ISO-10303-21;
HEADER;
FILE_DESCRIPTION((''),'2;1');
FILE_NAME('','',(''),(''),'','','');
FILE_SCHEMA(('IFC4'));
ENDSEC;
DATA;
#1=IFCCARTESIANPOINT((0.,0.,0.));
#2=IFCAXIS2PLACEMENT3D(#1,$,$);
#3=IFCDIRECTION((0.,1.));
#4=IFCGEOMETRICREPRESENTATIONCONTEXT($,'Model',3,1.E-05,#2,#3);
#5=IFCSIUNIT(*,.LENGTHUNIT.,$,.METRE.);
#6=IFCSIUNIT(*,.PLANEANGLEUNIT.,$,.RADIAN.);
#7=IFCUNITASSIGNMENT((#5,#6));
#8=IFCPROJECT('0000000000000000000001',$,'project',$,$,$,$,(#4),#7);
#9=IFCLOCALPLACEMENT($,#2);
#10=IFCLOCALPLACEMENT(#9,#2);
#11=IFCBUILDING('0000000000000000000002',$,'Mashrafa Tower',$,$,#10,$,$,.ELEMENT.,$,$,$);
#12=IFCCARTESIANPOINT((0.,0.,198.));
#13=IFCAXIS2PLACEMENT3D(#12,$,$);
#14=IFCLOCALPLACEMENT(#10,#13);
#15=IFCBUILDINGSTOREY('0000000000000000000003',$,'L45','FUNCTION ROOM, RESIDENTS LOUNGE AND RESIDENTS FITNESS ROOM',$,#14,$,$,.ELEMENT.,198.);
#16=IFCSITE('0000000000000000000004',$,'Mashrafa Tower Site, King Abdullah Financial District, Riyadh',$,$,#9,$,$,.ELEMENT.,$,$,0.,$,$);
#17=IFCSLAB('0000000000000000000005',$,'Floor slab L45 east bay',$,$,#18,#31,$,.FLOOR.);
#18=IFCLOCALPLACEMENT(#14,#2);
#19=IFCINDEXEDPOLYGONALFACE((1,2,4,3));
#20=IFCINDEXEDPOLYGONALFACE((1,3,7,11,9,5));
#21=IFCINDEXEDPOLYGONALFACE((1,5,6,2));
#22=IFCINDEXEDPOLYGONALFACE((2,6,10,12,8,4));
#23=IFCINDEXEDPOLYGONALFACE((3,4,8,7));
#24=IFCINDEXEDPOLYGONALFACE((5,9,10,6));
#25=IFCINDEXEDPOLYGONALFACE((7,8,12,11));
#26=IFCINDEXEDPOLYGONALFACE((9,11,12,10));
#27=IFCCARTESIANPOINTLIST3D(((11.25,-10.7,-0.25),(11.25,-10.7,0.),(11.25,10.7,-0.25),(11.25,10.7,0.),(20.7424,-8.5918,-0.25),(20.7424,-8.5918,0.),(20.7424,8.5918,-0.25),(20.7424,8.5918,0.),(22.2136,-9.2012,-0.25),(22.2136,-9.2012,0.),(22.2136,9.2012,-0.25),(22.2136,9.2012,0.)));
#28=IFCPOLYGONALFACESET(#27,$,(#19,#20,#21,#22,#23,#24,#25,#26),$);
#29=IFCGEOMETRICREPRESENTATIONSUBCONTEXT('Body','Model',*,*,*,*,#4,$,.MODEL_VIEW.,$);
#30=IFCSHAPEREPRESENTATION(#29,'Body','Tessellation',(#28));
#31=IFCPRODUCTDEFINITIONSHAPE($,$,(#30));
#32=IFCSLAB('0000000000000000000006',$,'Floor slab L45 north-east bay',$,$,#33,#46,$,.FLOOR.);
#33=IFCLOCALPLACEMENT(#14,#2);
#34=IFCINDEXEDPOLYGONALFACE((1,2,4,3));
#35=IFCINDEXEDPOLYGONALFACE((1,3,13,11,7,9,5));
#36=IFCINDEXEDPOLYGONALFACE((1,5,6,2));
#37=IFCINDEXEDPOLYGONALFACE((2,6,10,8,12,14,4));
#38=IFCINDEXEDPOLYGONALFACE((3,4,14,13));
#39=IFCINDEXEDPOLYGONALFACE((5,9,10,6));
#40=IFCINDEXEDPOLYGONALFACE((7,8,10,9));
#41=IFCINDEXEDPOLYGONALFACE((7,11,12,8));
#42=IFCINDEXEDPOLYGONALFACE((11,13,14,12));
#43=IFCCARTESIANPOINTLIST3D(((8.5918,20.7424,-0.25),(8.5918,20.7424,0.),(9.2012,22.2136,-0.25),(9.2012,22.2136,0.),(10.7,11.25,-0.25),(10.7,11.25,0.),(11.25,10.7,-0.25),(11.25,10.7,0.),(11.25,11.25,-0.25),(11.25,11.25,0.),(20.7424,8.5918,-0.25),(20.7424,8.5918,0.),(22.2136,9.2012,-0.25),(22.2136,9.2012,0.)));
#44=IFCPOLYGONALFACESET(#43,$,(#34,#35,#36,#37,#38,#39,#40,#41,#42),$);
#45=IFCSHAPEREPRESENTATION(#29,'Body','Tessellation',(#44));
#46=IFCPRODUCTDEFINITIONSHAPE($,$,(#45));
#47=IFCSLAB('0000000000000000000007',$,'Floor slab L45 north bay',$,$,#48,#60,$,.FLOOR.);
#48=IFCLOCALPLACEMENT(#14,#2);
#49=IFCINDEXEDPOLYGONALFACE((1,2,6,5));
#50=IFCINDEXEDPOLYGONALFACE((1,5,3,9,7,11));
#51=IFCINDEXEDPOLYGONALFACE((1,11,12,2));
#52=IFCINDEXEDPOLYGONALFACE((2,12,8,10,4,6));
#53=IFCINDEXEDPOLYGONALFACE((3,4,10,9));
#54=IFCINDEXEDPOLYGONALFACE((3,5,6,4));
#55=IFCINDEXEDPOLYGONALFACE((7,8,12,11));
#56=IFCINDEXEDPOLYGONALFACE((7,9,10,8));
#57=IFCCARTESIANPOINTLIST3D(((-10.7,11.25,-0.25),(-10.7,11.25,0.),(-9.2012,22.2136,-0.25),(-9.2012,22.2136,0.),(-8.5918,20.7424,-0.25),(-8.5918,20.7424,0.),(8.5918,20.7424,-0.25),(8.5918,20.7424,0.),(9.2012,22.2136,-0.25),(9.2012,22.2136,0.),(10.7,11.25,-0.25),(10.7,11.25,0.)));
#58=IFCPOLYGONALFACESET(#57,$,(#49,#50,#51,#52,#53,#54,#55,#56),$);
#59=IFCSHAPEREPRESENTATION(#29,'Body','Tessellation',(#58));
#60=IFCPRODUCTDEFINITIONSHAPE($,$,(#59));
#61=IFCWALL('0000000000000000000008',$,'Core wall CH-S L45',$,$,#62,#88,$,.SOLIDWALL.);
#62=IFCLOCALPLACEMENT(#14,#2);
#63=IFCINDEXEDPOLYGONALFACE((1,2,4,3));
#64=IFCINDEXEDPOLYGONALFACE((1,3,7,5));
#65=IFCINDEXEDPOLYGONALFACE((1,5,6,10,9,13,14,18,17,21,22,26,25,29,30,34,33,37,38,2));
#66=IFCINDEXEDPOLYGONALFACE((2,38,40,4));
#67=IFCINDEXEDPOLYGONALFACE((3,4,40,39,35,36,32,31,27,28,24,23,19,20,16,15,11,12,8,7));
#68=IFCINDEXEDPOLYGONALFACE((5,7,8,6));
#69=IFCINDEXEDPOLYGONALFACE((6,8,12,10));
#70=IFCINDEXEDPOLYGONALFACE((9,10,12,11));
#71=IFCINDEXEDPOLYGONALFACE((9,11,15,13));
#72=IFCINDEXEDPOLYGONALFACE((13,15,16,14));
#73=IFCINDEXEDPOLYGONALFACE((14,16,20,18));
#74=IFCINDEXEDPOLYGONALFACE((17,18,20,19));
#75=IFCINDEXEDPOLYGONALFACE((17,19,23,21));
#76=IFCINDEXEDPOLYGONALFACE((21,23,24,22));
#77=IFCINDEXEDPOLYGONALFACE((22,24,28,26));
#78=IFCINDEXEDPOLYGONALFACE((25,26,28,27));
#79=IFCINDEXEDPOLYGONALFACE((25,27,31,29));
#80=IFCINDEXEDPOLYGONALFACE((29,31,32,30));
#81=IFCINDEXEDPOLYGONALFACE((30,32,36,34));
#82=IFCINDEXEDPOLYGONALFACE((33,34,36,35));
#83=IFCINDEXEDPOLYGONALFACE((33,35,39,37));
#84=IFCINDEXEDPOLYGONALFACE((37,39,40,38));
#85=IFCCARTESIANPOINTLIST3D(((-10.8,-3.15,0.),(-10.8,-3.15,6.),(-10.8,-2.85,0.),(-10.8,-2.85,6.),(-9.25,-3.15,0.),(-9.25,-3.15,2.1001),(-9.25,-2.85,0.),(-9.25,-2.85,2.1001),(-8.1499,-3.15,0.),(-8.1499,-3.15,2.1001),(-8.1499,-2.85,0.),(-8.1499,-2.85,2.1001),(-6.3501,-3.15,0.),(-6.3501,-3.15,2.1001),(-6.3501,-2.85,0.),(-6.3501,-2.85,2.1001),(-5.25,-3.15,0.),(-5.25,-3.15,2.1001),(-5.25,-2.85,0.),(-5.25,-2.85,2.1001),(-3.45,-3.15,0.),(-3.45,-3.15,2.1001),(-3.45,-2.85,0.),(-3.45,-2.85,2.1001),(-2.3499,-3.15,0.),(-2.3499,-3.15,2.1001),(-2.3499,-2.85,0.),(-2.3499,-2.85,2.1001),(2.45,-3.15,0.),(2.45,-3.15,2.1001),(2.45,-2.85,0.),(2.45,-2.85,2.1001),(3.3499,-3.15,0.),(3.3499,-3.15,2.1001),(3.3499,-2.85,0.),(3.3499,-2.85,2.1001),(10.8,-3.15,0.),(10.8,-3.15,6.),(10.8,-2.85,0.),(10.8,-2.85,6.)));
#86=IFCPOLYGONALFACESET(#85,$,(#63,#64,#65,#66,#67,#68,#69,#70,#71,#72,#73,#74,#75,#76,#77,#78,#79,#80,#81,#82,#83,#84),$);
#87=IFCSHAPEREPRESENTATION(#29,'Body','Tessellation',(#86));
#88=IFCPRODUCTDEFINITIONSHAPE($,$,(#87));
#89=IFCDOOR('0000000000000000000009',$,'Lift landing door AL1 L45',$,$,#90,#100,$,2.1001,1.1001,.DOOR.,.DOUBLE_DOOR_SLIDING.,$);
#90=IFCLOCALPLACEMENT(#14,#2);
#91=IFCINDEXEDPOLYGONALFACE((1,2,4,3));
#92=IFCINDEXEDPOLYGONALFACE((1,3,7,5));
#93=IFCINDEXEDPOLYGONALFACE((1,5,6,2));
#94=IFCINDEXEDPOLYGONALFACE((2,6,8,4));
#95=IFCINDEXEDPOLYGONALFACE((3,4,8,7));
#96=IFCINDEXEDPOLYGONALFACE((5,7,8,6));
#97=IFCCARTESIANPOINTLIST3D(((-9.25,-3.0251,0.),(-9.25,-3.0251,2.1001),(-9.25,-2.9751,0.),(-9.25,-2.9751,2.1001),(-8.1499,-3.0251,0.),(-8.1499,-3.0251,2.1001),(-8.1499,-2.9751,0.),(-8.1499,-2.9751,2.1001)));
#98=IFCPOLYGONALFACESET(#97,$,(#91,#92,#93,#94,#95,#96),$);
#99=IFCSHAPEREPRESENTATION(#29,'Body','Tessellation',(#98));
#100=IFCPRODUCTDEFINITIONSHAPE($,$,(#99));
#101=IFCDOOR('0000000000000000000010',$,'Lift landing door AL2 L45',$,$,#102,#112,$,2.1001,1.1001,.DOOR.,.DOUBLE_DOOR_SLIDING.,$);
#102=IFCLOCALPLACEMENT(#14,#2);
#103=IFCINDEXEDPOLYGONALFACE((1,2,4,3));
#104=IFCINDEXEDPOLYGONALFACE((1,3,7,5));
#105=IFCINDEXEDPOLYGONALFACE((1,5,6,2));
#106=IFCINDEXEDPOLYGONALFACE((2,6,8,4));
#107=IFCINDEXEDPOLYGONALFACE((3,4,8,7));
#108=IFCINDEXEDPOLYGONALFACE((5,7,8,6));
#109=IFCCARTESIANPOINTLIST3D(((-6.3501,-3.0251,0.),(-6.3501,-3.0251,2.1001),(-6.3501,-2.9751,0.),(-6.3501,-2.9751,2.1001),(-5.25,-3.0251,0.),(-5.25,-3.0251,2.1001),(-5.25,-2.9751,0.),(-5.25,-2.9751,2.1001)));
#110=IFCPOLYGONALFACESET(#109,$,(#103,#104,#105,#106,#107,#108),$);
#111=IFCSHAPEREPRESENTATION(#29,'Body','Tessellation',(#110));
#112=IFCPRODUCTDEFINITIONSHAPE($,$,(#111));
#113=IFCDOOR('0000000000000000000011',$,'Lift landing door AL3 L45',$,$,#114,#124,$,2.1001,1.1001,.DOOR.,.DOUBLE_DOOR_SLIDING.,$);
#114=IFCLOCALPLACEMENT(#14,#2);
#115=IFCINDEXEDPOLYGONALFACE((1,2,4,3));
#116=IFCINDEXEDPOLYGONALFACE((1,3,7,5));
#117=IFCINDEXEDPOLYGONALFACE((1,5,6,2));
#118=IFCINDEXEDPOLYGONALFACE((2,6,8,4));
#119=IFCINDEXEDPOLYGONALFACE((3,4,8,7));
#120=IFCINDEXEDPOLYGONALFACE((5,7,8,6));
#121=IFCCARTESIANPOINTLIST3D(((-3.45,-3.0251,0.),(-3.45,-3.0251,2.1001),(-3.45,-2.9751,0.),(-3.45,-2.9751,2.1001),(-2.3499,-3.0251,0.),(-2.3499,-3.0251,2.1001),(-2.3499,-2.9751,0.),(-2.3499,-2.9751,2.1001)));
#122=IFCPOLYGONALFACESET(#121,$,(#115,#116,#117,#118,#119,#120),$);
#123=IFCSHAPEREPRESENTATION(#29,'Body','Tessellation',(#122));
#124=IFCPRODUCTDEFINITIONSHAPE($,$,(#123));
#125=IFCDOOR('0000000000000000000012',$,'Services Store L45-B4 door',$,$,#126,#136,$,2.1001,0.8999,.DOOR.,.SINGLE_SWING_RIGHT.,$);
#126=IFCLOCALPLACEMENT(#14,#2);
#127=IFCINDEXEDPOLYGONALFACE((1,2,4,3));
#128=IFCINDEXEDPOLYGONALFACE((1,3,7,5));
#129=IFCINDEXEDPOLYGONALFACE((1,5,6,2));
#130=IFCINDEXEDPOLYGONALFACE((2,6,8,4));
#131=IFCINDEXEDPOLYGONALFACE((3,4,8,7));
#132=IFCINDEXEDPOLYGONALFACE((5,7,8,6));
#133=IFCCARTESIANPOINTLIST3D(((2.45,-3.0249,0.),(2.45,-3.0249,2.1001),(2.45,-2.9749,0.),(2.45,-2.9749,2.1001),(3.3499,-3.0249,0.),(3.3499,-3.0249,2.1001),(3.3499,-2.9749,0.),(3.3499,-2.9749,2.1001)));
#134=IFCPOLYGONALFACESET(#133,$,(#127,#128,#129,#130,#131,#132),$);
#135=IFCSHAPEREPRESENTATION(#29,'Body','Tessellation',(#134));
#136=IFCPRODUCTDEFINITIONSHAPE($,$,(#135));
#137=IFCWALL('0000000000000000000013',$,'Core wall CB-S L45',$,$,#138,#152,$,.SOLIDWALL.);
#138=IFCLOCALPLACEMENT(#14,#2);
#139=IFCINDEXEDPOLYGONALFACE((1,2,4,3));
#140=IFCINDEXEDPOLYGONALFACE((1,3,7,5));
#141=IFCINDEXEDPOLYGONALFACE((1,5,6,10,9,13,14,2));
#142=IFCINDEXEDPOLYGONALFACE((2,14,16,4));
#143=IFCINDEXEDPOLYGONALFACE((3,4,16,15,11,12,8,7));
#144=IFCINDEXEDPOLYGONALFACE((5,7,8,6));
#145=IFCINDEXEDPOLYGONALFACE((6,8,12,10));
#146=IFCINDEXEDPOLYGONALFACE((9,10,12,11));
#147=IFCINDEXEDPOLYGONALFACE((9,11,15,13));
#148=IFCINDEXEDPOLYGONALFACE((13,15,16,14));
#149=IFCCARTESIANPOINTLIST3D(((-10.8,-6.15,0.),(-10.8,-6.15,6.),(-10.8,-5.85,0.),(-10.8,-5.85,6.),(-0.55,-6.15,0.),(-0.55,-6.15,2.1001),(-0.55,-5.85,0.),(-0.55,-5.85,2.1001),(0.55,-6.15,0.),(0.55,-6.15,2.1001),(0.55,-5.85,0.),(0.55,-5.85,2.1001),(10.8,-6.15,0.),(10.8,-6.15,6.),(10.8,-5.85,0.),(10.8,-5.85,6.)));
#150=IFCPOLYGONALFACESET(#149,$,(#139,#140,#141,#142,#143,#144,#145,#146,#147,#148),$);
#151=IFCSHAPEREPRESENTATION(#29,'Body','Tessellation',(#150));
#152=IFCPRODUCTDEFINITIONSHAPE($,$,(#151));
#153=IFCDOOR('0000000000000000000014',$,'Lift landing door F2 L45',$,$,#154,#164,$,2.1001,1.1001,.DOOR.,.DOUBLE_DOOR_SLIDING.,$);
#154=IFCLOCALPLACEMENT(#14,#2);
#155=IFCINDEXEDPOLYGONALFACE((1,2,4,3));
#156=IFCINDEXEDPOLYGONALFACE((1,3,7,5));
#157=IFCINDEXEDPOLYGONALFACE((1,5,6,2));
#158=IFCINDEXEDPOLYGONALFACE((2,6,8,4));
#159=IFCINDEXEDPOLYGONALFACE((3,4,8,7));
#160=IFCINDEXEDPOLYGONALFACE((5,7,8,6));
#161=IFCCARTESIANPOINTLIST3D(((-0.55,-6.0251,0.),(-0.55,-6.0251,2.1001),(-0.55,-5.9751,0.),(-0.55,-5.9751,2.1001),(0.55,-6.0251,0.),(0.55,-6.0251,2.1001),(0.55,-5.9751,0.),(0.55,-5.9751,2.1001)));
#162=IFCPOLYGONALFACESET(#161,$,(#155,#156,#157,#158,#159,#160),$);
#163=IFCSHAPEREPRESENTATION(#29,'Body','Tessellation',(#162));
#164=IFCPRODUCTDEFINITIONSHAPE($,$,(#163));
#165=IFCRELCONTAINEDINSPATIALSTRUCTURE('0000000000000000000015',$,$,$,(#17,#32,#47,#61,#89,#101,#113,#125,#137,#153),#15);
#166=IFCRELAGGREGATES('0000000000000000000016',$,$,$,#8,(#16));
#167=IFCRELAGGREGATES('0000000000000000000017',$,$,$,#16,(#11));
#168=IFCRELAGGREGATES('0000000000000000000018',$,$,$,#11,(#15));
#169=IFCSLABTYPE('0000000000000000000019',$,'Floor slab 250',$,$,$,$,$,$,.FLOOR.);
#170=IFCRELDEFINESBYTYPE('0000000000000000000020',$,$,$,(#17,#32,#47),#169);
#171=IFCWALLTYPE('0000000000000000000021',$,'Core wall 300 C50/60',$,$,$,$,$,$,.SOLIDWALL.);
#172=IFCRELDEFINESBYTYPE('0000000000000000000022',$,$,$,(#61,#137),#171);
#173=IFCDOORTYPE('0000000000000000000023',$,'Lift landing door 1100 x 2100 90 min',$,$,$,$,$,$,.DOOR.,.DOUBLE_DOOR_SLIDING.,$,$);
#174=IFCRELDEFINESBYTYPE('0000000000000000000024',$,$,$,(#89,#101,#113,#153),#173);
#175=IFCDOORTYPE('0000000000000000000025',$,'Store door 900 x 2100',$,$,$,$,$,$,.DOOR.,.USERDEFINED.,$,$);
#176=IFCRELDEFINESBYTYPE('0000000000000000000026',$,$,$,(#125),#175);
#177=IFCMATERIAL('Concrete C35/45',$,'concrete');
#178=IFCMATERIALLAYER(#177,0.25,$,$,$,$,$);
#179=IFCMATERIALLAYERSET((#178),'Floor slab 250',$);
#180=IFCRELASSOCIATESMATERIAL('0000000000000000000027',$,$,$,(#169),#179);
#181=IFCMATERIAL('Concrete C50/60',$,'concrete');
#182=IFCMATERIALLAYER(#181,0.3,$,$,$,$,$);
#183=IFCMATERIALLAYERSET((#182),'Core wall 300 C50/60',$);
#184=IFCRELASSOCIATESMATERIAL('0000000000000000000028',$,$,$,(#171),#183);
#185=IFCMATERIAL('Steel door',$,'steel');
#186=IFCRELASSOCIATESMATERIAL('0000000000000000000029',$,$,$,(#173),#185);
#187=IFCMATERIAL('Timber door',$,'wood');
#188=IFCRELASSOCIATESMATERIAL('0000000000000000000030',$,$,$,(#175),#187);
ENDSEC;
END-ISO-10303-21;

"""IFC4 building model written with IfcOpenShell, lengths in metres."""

from ifc_helpers import new_model, si_unit, direction, frame, frame_2d, origin, place, context, subcontext, project, spatial, polyline, rectangle, outline, extrude, material, layer, layer_set, type_object, element, fill, save


model = new_model("IFC4")

# Units and contexts
model_context = context("Model", 3, precision=1e-05, world=origin(), true_north=direction((0.0, 1.0)))
body_context = subcontext(model_context, "Body", "Model", "MODEL_VIEW")
ifc_project = project(units=[si_unit("LENGTHUNIT", "METRE"), si_unit("PLANEANGLEUNIT", "RADIAN")], contexts=[model_context])

# Site, building, storey
site_placement = place(None, origin())
site = spatial("IfcSite", under=ifc_project, at=site_placement, Name="Mashrafa Tower Site, King Abdullah Financial District, Riyadh", CompositionType="ELEMENT", RefElevation=0.0)
building_placement = place(site_placement, origin())
building = spatial("IfcBuilding", under=site, at=building_placement, Name="Mashrafa Tower", CompositionType="ELEMENT")
storey_placement = place(building_placement, frame((0.0, 0.0, 198.0)))
storey = spatial("IfcBuildingStorey", under=building, at=storey_placement, Name="L45", Description="FUNCTION ROOM, RESIDENTS LOUNGE AND RESIDENTS FITNESS ROOM", CompositionType="ELEMENT", Elevation=198.0)

# Slabs
ifc_material_1 = material(Name="Concrete C35/45", Category="concrete")
ifc_layer_1 = layer(ifc_material_1, 0.25)
ifc_layer_set_1 = layer_set([ifc_layer_1], Name="Floor slab 250")
slab_type = type_object("IfcSlabType", Name="Floor slab 250", PredefinedType="FLOOR", material=ifc_layer_set_1)
slab_1_placement = place(storey_placement, frame((0.0, 0.0, -0.25)))
element("IfcSlab", 1, at=slab_1_placement, inside=storey, type_object=slab_type, Name="Floor slab L45 east bay", PredefinedType="FLOOR", context=body_context, shape_type="SweptSolid", body=[
    extrude(outline(polyline([(22.2136, 9.2012), (22.2136, -9.2012), (22.2136, -9.2012), (20.7424, -8.5918), (11.25, -10.7), (11.25, 10.7), (20.7424, 8.5918), (22.2136, 9.2012), (22.2136, 9.2012)])), origin(), (0.0, 0.0, 1.0), 0.25),
])
slab_2_placement = place(storey_placement, frame((0.0, 0.0, -0.25)))
element("IfcSlab", 2, at=slab_2_placement, inside=storey, type_object=slab_type, Name="Floor slab L45 north-east bay", PredefinedType="FLOOR", context=body_context, shape_type="SweptSolid", body=[
    extrude(outline(polyline([(22.2136, 9.2012), (20.7424, 8.5918), (11.25, 10.7), (11.25, 11.25), (10.7, 11.25), (8.5918, 20.7424), (9.2012, 22.2136), (22.2136, 9.2012)])), origin(), (0.0, 0.0, 1.0), 0.25),
])
slab_3_placement = place(storey_placement, frame((0.0, 0.0, -0.25)))
element("IfcSlab", 3, at=slab_3_placement, inside=storey, type_object=slab_type, Name="Floor slab L45 north bay", PredefinedType="FLOOR", context=body_context, shape_type="SweptSolid", body=[
    extrude(outline(polyline([(-9.2012, 22.2136), (9.2012, 22.2136), (9.2012, 22.2136), (8.5918, 20.7424), (10.7, 11.25), (-10.7, 11.25), (-8.5918, 20.7424), (-9.2012, 22.2136), (-9.2012, 22.2136)])), origin(), (0.0, 0.0, 1.0), 0.25),
])

# Wall, openings, doors
ifc_material_2 = material(Name="Concrete C50/60", Category="concrete")
ifc_layer_2 = layer(ifc_material_2, 0.3)
ifc_layer_set_2 = layer_set([ifc_layer_2], Name="Core wall 300 C50/60")
wall_type_1 = type_object("IfcWallType", Name="Core wall 300 C50/60", PredefinedType="SOLIDWALL", material=ifc_layer_set_2)
wall_1_placement = place(storey_placement, frame((-10.8, -3.0, 0.0), z_axis=(0.0, 0.0, 1.0), x_axis=(1.0, 0.0, 0.0)))
wall_1 = element("IfcWall", 4, at=wall_1_placement, inside=storey, type_object=wall_type_1, Name="Core wall CH-S L45", PredefinedType="SOLIDWALL", context=body_context, shape_type="SweptSolid", body=[
    extrude(rectangle(XDim=21.6001, YDim=0.3, at=frame_2d((10.8, 0.0))), origin(), (0.0, 0.0, 1.0), 6.0),
])
opening_1_placement = place(wall_1_placement, frame((13.25, 0.0, 0.0)))
opening_1 = element("IfcOpeningElement", 5, at=opening_1_placement, cuts=wall_1, PredefinedType="OPENING", context=body_context, shape_type="SweptSolid", body=[
    extrude(rectangle(XDim=0.8999, YDim=2.1001, at=frame_2d((0.45, 1.05))), frame((0.0, 0.1599, 0.0), z_axis=(0.0, -1.0, 0.0), x_axis=(1.0, 0.0, 0.0)), (0.0, 0.0, 1.0), 0.3201),
])
opening_2_placement = place(wall_1_placement, frame((1.55, 0.0, 0.0)))
opening_2 = element("IfcOpeningElement", 6, at=opening_2_placement, cuts=wall_1, PredefinedType="OPENING", context=body_context, shape_type="SweptSolid", body=[
    extrude(rectangle(XDim=1.1001, YDim=2.1001, at=frame_2d((0.55, 1.05))), frame((0.0, 0.1599, 0.0), z_axis=(0.0, -1.0, 0.0), x_axis=(1.0, 0.0, 0.0)), (0.0, 0.0, 1.0), 0.3201),
])
opening_3_placement = place(wall_1_placement, frame((4.45, 0.0, 0.0)))
opening_3 = element("IfcOpeningElement", 7, at=opening_3_placement, cuts=wall_1, PredefinedType="OPENING", context=body_context, shape_type="SweptSolid", body=[
    extrude(rectangle(XDim=1.1001, YDim=2.1001, at=frame_2d((0.55, 1.05))), frame((0.0, 0.1599, 0.0), z_axis=(0.0, -1.0, 0.0), x_axis=(1.0, 0.0, 0.0)), (0.0, 0.0, 1.0), 0.3201),
])
opening_4_placement = place(wall_1_placement, frame((7.3501, 0.0, 0.0)))
opening_4 = element("IfcOpeningElement", 8, at=opening_4_placement, cuts=wall_1, PredefinedType="OPENING", context=body_context, shape_type="SweptSolid", body=[
    extrude(rectangle(XDim=1.1001, YDim=2.1001, at=frame_2d((0.55, 1.05))), frame((0.0, 0.1599, 0.0), z_axis=(0.0, -1.0, 0.0), x_axis=(1.0, 0.0, 0.0)), (0.0, 0.0, 1.0), 0.3201),
])
ifc_material_3 = material(Name="Steel door", Category="steel")
door_type_1 = type_object("IfcDoorType", Name="Lift landing door 1100 x 2100 90 min", OperationType="DOUBLE_DOOR_SLIDING", PredefinedType="DOOR", material=ifc_material_3)
door_1_placement = place(opening_2_placement, origin())
door_1 = element("IfcDoor", 9, at=door_1_placement, inside=storey, type_object=door_type_1, Name="Lift landing door AL1 L45", OperationType="DOUBLE_DOOR_SLIDING", OverallHeight=2.1001, OverallWidth=1.1001, PredefinedType="DOOR", context=body_context, shape_type="SweptSolid", body=[
    extrude(rectangle(XDim=1.1001, YDim=2.1001, at=frame_2d((0.55, 1.05))), frame((0.0, 0.0249, 0.0), z_axis=(0.0, -1.0, 0.0), x_axis=(1.0, 0.0, 0.0)), (0.0, 0.0, 1.0), 0.05),
])
fill(opening_2, door_1)
door_2_placement = place(opening_3_placement, origin())
door_2 = element("IfcDoor", 10, at=door_2_placement, inside=storey, type_object=door_type_1, Name="Lift landing door AL2 L45", OperationType="DOUBLE_DOOR_SLIDING", OverallHeight=2.1001, OverallWidth=1.1001, PredefinedType="DOOR", context=body_context, shape_type="SweptSolid", body=[
    extrude(rectangle(XDim=1.1001, YDim=2.1001, at=frame_2d((0.55, 1.05))), frame((0.0, 0.0249, 0.0), z_axis=(0.0, -1.0, 0.0), x_axis=(1.0, 0.0, 0.0)), (0.0, 0.0, 1.0), 0.05),
])
fill(opening_3, door_2)
door_3_placement = place(opening_4_placement, origin())
door_3 = element("IfcDoor", 11, at=door_3_placement, inside=storey, type_object=door_type_1, Name="Lift landing door AL3 L45", OperationType="DOUBLE_DOOR_SLIDING", OverallHeight=2.1001, OverallWidth=1.1001, PredefinedType="DOOR", context=body_context, shape_type="SweptSolid", body=[
    extrude(rectangle(XDim=1.1001, YDim=2.1001, at=frame_2d((0.55, 1.05))), frame((0.0, 0.0249, 0.0), z_axis=(0.0, -1.0, 0.0), x_axis=(1.0, 0.0, 0.0)), (0.0, 0.0, 1.0), 0.05),
])
fill(opening_4, door_3)
ifc_material_4 = material(Name="Timber door", Category="wood")
door_type_2 = type_object("IfcDoorType", Name="Store door 900 x 2100", OperationType="USERDEFINED", PredefinedType="DOOR", material=ifc_material_4)
door_4_placement = place(opening_1_placement, frame((0.8999, 0.0, 0.0), z_axis=(0.0, 0.0, 1.0), x_axis=(-1.0, 0.0, 0.0)))
door_4 = element("IfcDoor", 12, at=door_4_placement, inside=storey, type_object=door_type_2, Name="Services Store L45-B4 door", OperationType="SINGLE_SWING_RIGHT", OverallHeight=2.1001, OverallWidth=0.8999, PredefinedType="DOOR", context=body_context, shape_type="SweptSolid", body=[
    extrude(rectangle(XDim=0.8999, YDim=2.1001, at=frame_2d((0.45, 1.05))), frame((0.0, 0.0249, 0.0), z_axis=(0.0, -1.0, 0.0), x_axis=(1.0, 0.0, 0.0)), (0.0, 0.0, 1.0), 0.05),
])
fill(opening_1, door_4)

# Wall, opening, door
wall_2_placement = place(storey_placement, frame((-10.8, -6.0, 0.0), z_axis=(0.0, 0.0, 1.0), x_axis=(1.0, 0.0, 0.0)))
wall_2 = element("IfcWall", 13, at=wall_2_placement, inside=storey, type_object=wall_type_1, Name="Core wall CB-S L45", PredefinedType="SOLIDWALL", context=body_context, shape_type="SweptSolid", body=[
    extrude(rectangle(XDim=21.6001, YDim=0.3, at=frame_2d((10.8, 0.0))), origin(), (0.0, 0.0, 1.0), 6.0),
])
opening_5_placement = place(wall_2_placement, frame((10.25, 0.0, 0.0)))
opening_5 = element("IfcOpeningElement", 14, at=opening_5_placement, cuts=wall_2, PredefinedType="OPENING", context=body_context, shape_type="SweptSolid", body=[
    extrude(rectangle(XDim=1.1001, YDim=2.1001, at=frame_2d((0.55, 1.05))), frame((0.0, 0.1599, 0.0), z_axis=(0.0, -1.0, 0.0), x_axis=(1.0, 0.0, 0.0)), (0.0, 0.0, 1.0), 0.3201),
])
door_5_placement = place(opening_5_placement, origin())
door_5 = element("IfcDoor", 15, at=door_5_placement, inside=storey, type_object=door_type_1, Name="Lift landing door F2 L45", OperationType="DOUBLE_DOOR_SLIDING", OverallHeight=2.1001, OverallWidth=1.1001, PredefinedType="DOOR", context=body_context, shape_type="SweptSolid", body=[
    extrude(rectangle(XDim=1.1001, YDim=2.1001, at=frame_2d((0.55, 1.05))), frame((0.0, 0.0249, 0.0), z_axis=(0.0, -1.0, 0.0), x_axis=(1.0, 0.0, 0.0)), (0.0, 0.0, 1.0), 0.05),
])
fill(opening_5, door_5)

save(model, "model.ifc")
